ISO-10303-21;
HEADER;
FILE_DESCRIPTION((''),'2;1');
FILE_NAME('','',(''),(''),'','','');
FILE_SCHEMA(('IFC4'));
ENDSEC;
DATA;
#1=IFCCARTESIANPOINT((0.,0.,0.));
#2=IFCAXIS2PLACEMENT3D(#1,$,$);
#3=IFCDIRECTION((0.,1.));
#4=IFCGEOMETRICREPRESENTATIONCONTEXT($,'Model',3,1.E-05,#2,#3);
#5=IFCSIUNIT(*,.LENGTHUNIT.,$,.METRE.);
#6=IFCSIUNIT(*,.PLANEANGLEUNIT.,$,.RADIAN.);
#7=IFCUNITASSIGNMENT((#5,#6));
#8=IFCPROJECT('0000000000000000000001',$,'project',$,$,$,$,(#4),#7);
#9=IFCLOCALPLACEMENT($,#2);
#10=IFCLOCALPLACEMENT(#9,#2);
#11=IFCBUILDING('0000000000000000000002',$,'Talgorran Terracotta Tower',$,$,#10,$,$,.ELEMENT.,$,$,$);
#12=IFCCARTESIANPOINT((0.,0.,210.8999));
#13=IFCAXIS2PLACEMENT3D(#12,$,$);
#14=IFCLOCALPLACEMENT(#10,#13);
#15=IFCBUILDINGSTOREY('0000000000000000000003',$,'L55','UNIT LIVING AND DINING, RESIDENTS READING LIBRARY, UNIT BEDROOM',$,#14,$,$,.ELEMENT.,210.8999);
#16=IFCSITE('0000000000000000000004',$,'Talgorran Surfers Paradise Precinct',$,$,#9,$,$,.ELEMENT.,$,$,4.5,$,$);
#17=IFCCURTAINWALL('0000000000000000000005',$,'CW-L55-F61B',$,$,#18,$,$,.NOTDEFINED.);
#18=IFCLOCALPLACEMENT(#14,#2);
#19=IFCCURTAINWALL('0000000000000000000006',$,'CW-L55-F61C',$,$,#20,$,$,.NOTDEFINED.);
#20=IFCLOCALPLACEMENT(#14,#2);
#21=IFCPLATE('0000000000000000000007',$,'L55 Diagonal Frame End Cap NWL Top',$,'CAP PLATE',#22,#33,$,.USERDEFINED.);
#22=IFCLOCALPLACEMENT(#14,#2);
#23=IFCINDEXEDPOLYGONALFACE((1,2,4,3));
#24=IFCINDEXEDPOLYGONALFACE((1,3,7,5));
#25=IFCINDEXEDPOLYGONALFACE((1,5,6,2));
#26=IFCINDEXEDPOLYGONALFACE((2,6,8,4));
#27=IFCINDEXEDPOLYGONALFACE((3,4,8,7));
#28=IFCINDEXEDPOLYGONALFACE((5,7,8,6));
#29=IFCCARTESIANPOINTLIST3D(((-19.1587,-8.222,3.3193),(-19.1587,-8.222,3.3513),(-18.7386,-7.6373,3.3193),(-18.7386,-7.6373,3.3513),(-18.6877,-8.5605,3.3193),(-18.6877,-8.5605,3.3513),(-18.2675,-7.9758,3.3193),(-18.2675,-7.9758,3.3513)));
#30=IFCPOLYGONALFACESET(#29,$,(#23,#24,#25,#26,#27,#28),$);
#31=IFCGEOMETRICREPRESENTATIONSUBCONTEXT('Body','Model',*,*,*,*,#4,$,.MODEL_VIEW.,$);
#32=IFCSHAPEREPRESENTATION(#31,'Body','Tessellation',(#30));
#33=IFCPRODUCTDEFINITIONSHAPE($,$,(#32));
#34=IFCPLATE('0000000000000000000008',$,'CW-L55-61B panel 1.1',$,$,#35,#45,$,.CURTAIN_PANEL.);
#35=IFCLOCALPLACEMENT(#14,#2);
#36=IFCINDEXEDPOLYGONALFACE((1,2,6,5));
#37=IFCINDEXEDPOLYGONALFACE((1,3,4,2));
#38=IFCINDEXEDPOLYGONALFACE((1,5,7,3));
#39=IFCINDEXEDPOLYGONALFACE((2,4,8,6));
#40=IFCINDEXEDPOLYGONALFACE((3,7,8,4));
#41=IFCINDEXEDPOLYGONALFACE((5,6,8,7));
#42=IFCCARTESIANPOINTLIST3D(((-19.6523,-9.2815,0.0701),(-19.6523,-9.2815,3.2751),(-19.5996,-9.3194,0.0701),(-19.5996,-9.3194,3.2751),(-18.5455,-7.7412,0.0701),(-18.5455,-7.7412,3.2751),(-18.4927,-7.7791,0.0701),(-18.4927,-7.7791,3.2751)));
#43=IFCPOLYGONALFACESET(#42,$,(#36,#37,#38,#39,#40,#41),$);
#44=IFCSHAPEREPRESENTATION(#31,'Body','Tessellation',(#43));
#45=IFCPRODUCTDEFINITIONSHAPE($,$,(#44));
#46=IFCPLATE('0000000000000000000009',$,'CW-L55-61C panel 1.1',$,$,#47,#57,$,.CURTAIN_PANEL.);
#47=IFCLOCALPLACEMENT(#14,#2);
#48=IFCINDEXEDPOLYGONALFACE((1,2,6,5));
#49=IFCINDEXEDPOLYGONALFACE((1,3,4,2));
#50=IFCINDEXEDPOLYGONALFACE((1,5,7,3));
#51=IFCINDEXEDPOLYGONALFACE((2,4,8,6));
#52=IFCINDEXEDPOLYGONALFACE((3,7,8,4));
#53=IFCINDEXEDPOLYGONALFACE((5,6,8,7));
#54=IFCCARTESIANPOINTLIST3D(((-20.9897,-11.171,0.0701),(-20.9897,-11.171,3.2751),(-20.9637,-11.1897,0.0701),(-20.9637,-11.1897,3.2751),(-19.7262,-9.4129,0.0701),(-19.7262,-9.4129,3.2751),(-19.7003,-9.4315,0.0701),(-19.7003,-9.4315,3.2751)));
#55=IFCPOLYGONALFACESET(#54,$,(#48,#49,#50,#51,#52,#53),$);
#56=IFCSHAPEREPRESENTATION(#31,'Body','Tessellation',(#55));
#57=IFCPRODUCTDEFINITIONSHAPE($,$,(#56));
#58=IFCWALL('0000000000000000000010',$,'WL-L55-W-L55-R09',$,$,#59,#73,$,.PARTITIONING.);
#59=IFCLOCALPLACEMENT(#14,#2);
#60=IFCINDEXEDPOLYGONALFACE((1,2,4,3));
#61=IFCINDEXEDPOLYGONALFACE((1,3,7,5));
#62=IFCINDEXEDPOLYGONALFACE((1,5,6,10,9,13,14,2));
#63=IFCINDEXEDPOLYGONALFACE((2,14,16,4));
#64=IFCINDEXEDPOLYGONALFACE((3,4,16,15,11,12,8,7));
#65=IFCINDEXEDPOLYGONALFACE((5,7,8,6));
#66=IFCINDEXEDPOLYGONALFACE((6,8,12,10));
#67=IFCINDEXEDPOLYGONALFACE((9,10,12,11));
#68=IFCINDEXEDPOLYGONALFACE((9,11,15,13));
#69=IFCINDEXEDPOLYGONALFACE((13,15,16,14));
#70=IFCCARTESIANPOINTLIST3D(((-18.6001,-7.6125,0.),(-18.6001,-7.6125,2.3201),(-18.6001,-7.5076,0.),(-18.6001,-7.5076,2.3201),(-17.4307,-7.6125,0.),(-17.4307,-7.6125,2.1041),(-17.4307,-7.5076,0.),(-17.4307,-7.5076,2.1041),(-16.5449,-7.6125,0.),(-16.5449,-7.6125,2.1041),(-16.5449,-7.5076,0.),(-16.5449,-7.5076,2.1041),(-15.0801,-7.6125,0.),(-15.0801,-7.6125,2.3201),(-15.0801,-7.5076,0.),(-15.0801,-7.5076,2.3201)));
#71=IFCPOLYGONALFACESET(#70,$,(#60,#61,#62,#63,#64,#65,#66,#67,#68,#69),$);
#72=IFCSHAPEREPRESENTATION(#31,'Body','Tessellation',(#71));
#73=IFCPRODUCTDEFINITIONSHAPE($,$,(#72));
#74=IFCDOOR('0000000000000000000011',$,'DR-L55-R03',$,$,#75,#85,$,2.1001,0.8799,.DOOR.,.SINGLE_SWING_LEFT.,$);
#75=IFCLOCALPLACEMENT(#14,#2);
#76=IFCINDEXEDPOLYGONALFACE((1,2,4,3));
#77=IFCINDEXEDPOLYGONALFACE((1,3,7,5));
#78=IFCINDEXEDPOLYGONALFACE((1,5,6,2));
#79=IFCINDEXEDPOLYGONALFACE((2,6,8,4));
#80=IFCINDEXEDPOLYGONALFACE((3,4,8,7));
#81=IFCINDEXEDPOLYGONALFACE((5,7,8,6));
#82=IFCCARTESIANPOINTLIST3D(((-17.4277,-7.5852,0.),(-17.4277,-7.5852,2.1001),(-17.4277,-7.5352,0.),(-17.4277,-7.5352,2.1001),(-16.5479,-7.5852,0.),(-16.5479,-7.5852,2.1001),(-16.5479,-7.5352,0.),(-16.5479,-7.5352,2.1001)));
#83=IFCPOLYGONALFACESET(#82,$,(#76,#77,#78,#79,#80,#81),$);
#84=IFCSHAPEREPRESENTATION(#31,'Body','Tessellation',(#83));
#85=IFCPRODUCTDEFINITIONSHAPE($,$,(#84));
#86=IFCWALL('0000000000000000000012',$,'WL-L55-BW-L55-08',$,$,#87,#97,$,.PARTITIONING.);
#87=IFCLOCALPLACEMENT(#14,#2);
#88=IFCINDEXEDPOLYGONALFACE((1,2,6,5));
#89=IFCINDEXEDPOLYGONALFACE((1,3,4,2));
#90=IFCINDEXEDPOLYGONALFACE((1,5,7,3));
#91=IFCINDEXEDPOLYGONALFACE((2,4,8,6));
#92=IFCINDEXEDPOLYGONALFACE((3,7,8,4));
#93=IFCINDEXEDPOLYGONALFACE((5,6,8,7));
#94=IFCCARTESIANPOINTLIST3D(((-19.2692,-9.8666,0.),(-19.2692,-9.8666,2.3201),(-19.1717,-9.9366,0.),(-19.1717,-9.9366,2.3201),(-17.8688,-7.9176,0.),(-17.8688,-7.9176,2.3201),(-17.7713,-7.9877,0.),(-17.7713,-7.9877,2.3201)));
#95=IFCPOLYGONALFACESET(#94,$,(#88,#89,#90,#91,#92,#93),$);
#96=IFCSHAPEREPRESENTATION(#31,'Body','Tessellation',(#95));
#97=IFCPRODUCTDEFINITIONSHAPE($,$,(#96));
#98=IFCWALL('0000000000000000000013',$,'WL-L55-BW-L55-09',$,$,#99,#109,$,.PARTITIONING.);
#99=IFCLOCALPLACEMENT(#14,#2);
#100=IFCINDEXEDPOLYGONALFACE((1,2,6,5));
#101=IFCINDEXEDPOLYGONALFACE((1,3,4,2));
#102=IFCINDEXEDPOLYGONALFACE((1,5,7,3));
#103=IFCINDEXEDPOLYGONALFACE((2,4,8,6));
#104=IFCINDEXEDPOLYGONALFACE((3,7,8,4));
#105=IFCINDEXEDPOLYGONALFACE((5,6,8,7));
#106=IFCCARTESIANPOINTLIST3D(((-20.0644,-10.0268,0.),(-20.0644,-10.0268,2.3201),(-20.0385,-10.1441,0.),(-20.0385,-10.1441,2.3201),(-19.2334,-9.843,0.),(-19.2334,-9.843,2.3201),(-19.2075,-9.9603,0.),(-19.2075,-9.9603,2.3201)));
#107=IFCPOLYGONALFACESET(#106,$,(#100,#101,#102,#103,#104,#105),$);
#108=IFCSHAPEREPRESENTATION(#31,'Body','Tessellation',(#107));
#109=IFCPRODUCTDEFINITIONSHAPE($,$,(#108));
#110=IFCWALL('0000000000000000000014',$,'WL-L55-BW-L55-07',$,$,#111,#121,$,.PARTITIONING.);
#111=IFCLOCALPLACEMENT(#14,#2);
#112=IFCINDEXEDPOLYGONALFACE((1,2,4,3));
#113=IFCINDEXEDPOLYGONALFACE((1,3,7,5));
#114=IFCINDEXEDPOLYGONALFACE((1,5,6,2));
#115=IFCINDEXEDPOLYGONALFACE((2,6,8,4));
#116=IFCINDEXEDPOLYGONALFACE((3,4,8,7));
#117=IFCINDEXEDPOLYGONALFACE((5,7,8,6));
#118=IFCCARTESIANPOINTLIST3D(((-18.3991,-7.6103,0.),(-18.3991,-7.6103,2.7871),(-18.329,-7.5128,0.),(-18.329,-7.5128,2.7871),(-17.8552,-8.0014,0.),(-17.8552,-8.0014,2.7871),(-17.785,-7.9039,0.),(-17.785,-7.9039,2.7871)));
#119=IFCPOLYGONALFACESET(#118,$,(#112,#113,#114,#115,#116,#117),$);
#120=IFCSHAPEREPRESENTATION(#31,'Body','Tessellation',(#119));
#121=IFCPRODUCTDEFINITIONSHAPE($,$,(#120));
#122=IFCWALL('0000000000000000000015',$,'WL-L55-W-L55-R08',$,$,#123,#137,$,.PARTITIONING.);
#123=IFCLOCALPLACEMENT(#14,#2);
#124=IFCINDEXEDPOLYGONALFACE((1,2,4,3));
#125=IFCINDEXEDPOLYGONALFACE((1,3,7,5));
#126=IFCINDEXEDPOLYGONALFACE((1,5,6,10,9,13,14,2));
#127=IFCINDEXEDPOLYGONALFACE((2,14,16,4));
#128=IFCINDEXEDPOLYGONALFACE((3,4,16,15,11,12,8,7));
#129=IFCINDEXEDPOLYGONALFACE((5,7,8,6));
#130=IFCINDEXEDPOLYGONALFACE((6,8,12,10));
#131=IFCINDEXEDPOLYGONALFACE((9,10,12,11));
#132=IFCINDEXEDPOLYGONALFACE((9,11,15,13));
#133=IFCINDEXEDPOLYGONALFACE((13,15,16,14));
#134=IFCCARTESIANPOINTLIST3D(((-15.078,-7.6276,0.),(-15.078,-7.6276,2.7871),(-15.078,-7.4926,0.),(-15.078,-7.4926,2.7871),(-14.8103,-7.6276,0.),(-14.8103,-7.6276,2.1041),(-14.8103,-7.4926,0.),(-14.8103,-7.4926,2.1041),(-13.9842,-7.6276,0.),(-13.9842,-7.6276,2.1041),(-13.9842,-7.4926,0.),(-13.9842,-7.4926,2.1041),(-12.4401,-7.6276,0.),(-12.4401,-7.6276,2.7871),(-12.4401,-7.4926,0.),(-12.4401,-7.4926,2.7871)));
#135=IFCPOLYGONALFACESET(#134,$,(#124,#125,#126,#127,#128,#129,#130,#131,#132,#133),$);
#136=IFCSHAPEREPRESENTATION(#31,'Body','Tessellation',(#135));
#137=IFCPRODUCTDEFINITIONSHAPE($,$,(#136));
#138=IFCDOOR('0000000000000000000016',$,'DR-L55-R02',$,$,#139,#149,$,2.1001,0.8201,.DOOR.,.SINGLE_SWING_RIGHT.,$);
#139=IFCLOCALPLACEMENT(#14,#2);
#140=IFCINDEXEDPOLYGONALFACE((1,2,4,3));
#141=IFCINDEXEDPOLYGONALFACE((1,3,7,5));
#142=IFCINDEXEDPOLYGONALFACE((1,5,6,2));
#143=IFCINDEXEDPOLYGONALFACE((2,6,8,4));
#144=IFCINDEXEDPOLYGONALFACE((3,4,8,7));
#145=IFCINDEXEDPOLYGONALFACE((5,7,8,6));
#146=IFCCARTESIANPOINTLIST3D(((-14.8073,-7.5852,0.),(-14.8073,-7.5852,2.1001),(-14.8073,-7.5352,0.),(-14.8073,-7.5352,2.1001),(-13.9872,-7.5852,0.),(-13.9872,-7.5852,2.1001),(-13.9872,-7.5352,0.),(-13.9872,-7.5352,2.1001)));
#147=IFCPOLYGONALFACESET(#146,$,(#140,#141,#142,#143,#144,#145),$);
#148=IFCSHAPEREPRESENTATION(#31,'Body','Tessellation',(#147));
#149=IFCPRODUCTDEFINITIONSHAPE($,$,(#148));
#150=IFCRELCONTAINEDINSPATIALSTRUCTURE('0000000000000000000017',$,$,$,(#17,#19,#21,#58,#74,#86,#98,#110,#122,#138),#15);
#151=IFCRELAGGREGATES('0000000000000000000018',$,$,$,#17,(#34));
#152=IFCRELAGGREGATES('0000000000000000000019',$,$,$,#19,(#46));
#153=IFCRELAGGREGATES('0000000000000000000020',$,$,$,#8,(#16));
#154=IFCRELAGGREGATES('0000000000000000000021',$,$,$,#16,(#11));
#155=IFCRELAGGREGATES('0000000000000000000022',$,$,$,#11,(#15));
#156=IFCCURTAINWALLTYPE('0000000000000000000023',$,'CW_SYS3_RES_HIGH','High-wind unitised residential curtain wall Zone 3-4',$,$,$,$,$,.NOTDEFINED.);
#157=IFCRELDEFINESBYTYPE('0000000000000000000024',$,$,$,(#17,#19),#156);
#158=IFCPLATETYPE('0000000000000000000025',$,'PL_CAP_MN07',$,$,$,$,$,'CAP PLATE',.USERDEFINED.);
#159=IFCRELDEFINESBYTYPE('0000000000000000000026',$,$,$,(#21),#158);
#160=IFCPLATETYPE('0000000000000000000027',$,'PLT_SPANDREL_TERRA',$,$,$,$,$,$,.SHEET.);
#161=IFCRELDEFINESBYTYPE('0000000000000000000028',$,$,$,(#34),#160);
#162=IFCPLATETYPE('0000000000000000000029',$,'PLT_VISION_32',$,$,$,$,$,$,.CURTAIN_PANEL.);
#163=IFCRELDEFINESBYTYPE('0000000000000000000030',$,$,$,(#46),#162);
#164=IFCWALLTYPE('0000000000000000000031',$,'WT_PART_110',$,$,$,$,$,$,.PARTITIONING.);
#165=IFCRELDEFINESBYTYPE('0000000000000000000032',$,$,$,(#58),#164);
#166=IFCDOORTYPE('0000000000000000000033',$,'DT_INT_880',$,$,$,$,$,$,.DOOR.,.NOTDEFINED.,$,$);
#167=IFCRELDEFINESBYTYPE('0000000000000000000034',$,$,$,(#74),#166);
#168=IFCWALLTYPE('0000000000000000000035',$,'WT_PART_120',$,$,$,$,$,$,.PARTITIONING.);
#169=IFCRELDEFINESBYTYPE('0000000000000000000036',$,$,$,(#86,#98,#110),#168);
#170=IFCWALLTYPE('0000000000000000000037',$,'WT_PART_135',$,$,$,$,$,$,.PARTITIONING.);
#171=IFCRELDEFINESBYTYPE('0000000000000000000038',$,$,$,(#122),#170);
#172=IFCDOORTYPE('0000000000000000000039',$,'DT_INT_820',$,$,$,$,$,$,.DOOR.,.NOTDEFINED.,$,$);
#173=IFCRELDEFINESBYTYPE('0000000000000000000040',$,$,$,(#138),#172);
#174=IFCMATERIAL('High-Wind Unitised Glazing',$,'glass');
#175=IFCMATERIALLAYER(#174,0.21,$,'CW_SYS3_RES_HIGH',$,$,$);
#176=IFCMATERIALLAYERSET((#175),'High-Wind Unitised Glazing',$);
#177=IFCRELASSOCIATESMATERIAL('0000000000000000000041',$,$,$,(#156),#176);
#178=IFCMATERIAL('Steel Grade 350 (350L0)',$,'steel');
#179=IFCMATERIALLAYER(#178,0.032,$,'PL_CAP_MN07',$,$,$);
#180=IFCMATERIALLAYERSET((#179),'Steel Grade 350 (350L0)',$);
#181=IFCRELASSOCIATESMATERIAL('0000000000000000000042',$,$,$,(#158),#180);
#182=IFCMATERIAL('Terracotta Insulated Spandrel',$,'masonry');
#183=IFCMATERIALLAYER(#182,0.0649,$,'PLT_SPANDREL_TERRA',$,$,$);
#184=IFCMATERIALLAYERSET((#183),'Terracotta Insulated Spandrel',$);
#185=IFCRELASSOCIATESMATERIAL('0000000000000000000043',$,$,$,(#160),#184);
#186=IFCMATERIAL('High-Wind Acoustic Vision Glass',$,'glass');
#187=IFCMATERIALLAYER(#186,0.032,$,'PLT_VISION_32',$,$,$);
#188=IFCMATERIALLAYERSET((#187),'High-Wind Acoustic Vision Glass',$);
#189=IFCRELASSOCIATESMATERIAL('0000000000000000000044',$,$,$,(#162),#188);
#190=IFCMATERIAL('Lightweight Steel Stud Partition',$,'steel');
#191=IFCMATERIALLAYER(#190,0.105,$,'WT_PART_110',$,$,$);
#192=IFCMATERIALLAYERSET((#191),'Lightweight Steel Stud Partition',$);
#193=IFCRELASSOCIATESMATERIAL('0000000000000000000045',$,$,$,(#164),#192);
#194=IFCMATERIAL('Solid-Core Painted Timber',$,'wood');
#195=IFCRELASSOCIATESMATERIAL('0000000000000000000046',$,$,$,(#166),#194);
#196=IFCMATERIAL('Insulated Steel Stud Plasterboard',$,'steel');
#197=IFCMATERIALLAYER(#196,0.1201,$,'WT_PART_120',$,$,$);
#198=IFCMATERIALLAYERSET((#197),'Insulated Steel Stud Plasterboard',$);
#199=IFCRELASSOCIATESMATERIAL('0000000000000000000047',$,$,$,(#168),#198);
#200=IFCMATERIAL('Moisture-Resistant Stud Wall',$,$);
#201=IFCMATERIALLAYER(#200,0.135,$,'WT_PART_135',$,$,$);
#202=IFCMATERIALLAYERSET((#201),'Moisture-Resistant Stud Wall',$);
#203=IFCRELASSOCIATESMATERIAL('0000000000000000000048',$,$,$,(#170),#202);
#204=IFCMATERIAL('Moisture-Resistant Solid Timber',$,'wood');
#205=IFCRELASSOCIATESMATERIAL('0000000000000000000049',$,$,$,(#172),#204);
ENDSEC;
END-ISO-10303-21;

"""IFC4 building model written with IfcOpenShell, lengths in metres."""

from ifc_helpers import new_model, si_unit, direction, frame, frame_2d, origin, origin_2d, place, context, subcontext, project, spatial, rectangle, extrude, source, transform, mapped, material, layer, layer_set, type_object, type_shapes, element, fill, aggregate, save


model = new_model("IFC4")

# Units and contexts
model_context = context("Model", 3, precision=1e-05, world=origin(), true_north=direction((0.0, 1.0)))
body_context = subcontext(model_context, "Body", "Model", "MODEL_VIEW")
ifc_project = project(units=[si_unit("LENGTHUNIT", "METRE"), si_unit("PLANEANGLEUNIT", "RADIAN")], contexts=[model_context])

# Site, building, storey
site_placement = place(None, origin())
site = spatial("IfcSite", under=ifc_project, at=site_placement, Name="Talgorran Surfers Paradise Precinct", CompositionType="ELEMENT", RefElevation=4.5)
building_placement = place(site_placement, origin())
building = spatial("IfcBuilding", under=site, at=building_placement, Name="Talgorran Terracotta Tower", CompositionType="ELEMENT")
storey_placement = place(building_placement, frame((0.0, 0.0, 210.8999)))
storey = spatial("IfcBuildingStorey", under=building, at=storey_placement, Name="L55", Description="UNIT LIVING AND DINING, RESIDENTS READING LIBRARY, UNIT BEDROOM", CompositionType="ELEMENT", Elevation=210.8999)

# Shared definitions
ifc_material_1 = material(Name="Steel Grade 350 (350L0)", Category="steel")

# Shared definitions
ifc_material_2 = material(Name="High-Wind Unitised Glazing", Category="glass")
ifc_layer_1 = layer(ifc_material_2, 0.21, Name="CW_SYS3_RES_HIGH")
ifc_layer_set_1 = layer_set([ifc_layer_1], Name="High-Wind Unitised Glazing")
curtain_wall_type = type_object("IfcCurtainWallType", Name="CW_SYS3_RES_HIGH", Description="High-wind unitised residential curtain wall Zone 3-4", PredefinedType="NOTDEFINED", material=ifc_layer_set_1)

# Curtain walls
curtain_wall_1_placement = place(storey_placement, origin())
curtain_wall_1 = element("IfcCurtainWall", 1, at=curtain_wall_1_placement, inside=storey, type_object=curtain_wall_type, Name="CW-L55-F61B", PredefinedType="NOTDEFINED")
curtain_wall_2_placement = place(storey_placement, origin())
curtain_wall_2 = element("IfcCurtainWall", 2, at=curtain_wall_2_placement, inside=storey, type_object=curtain_wall_type, Name="CW-L55-F61C", PredefinedType="NOTDEFINED")

# Plate
ifc_layer_2 = layer(ifc_material_1, 0.032, Name="PL_CAP_MN07")
ifc_layer_set_2 = layer_set([ifc_layer_2], Name="Steel Grade 350 (350L0)")
plate_type_1 = type_object("IfcPlateType", Name="PL_CAP_MN07", ElementType="CAP PLATE", PredefinedType="USERDEFINED", material=ifc_layer_set_2)
for number, where, z_axis, x_axis, name in (
    (3, (-18.7131, -8.0989, 3.3193), (0.0, 0.0, 1.0), (0.583541, 0.812084, 0.0), "L55 Diagonal Frame End Cap NWL Top"),
):
    element("IfcPlate", number, at=place(storey_placement, frame(where, z_axis=z_axis, x_axis=x_axis)), inside=storey, type_object=plate_type_1, Name=name, ObjectType="CAP PLATE", PredefinedType="USERDEFINED", context=body_context, shape_type="SweptSolid", body=[
        extrude(rectangle(XDim=0.72, YDim=0.5801, at=origin_2d()), origin(), (0.0, 0.0, 1.0), 0.032),
    ])

# Plates
ifc_material_3 = material(Name="Terracotta Insulated Spandrel", Category="masonry")
ifc_layer_3 = layer(ifc_material_3, 0.0649, Name="PLT_SPANDREL_TERRA")
ifc_layer_set_3 = layer_set([ifc_layer_3], Name="Terracotta Insulated Spandrel")
plate_type_2 = type_object("IfcPlateType", Name="PLT_SPANDREL_TERRA", PredefinedType="SHEET", material=ifc_layer_set_3)
shared_shape_1 = source(origin(), body_context, "Body", "SweptSolid", [
    extrude(rectangle(XDim=1.8967, YDim=0.0649, at=origin_2d()), origin(), (0.0, 0.0, 1.0), 3.2051),
])
type_shapes(plate_type_2, [shared_shape_1])
plate_1_placement = place(storey_placement, frame((-19.0725, -8.5303, 0.0701), z_axis=(0.0, 0.0, 1.0), x_axis=(-0.583558, -0.812071, 0.0)))
plate_1 = element("IfcPlate", 4, at=plate_1_placement, type_object=plate_type_2, Name="CW-L55-61B panel 1.1", PredefinedType="CURTAIN_PANEL", context=body_context, shape_type="MappedRepresentation", body=[
    mapped(shared_shape_1, transform((0.0, 0.0, 0.0), scale=1.0)),
])
aggregate(curtain_wall_1, [plate_1])
ifc_material_4 = material(Name="High-Wind Acoustic Vision Glass", Category="glass")
ifc_layer_4 = layer(ifc_material_4, 0.032, Name="PLT_VISION_32")
ifc_layer_set_4 = layer_set([ifc_layer_4], Name="High-Wind Acoustic Vision Glass")
plate_type_3 = type_object("IfcPlateType", Name="PLT_VISION_32", PredefinedType="CURTAIN_PANEL", material=ifc_layer_set_4)
shared_shape_2 = source(origin(), body_context, "Body", "SweptSolid", [
    extrude(rectangle(XDim=2.165, YDim=0.032, at=origin_2d()), origin(), (0.0, 0.0, 1.0), 3.2051),
])
type_shapes(plate_type_3, [shared_shape_2])
plate_2_placement = place(storey_placement, frame((-20.345, -10.3013, 0.0701), z_axis=(0.0, 0.0, 1.0), x_axis=(-0.583563, -0.812068, 0.0)))
plate_2 = element("IfcPlate", 5, at=plate_2_placement, type_object=plate_type_3, Name="CW-L55-61C panel 1.1", PredefinedType="CURTAIN_PANEL", context=body_context, shape_type="MappedRepresentation", body=[
    mapped(shared_shape_2, transform((0.0, 0.0, 0.0), scale=1.0)),
])
aggregate(curtain_wall_2, [plate_2])

# Wall, opening, door
ifc_material_5 = material(Name="Lightweight Steel Stud Partition", Category="steel")
ifc_layer_5 = layer(ifc_material_5, 0.105, Name="WT_PART_110")
ifc_layer_set_5 = layer_set([ifc_layer_5], Name="Lightweight Steel Stud Partition")
wall_type_1 = type_object("IfcWallType", Name="WT_PART_110", PredefinedType="PARTITIONING", material=ifc_layer_set_5)
wall_1_placement = place(storey_placement, frame((-18.6001, -7.5601, 0.0), z_axis=(0.0, 0.0, 1.0), x_axis=(1.0, 0.0, 0.0)))
wall_1 = element("IfcWall", 6, at=wall_1_placement, inside=storey, type_object=wall_type_1, Name="WL-L55-W-L55-R09", PredefinedType="PARTITIONING", context=body_context, shape_type="SweptSolid", body=[
    extrude(rectangle(XDim=3.52, YDim=0.105, at=frame_2d((1.76, 0.0))), origin(), (0.0, 0.0, 1.0), 2.3201),
])
opening_1_placement = place(wall_1_placement, frame((1.1724, 0.0, 0.0)))
opening_1 = element("IfcOpeningElement", 7, at=opening_1_placement, cuts=wall_1, PredefinedType="OPENING", context=body_context, shape_type="SweptSolid", body=[
    extrude(rectangle(XDim=0.8859, YDim=2.1041, at=frame_2d((0.4399, 1.052))), frame((0.0, 0.0625, 0.0), z_axis=(0.0, -1.0, 0.0), x_axis=(1.0, 0.0, 0.0)), (0.0, 0.0, 1.0), 0.125),
])
ifc_material_6 = material(Name="Solid-Core Painted Timber", Category="wood")
door_type_1 = type_object("IfcDoorType", Name="DT_INT_880", OperationType="NOTDEFINED", PredefinedType="DOOR", material=ifc_material_6)
door_1_placement = place(opening_1_placement, origin())
door_1 = element("IfcDoor", 8, at=door_1_placement, inside=storey, type_object=door_type_1, Name="DR-L55-R03", OperationType="SINGLE_SWING_LEFT", OverallHeight=2.1001, OverallWidth=0.8799, PredefinedType="DOOR", context=body_context, shape_type="SweptSolid", body=[
    extrude(rectangle(XDim=0.8799, YDim=2.1001, at=frame_2d((0.4399, 1.05))), frame((0.0, 0.0249, 0.0), z_axis=(0.0, -1.0, 0.0), x_axis=(1.0, 0.0, 0.0)), (0.0, 0.0, 1.0), 0.05),
])
fill(opening_1, door_1)

# Walls
ifc_material_7 = material(Name="Insulated Steel Stud Plasterboard", Category="steel")
ifc_layer_6 = layer(ifc_material_7, 0.1201, Name="WT_PART_120")
ifc_layer_set_6 = layer_set([ifc_layer_6], Name="Insulated Steel Stud Plasterboard")
wall_type_2 = type_object("IfcWallType", Name="WT_PART_120", PredefinedType="PARTITIONING", material=ifc_layer_set_6)
wall_2_placement = place(storey_placement, frame((-17.8201, -7.9526, 0.0), z_axis=(0.0, 0.0, 1.0), x_axis=(-0.583517, -0.812101, 0.0)))
element("IfcWall", 9, at=wall_2_placement, inside=storey, type_object=wall_type_2, Name="WL-L55-BW-L55-08", PredefinedType="PARTITIONING", context=body_context, shape_type="SweptSolid", body=[
    extrude(rectangle(XDim=2.3999, YDim=0.1201, at=frame_2d((1.2, 0.0))), origin(), (0.0, 0.0, 1.0), 2.3201),
])
wall_3_placement = place(storey_placement, frame((-19.2205, -9.9016, 0.0), z_axis=(0.0, 0.0, 1.0), x_axis=(-0.976396, -0.215989, 0.0)))
element("IfcWall", 10, at=wall_3_placement, inside=storey, type_object=wall_type_2, Name="WL-L55-BW-L55-09", PredefinedType="PARTITIONING", context=body_context, shape_type="SweptSolid", body=[
    extrude(rectangle(XDim=0.8511, YDim=0.1201, at=frame_2d((0.4255, 0.0))), origin(), (0.0, 0.0, 1.0), 2.3201),
])
wall_4_placement = place(storey_placement, frame((-18.364, -7.5615, 0.0), z_axis=(0.0, 0.0, 1.0), x_axis=(0.811907, -0.583786, 0.0)))
element("IfcWall", 11, at=wall_4_placement, inside=storey, type_object=wall_type_2, Name="WL-L55-BW-L55-07", PredefinedType="PARTITIONING", context=body_context, shape_type="SweptSolid", body=[
    extrude(rectangle(XDim=0.6699, YDim=0.1201, at=frame_2d((0.335, 0.0))), origin(), (0.0, 0.0, 1.0), 2.7871),
])

# Wall, opening, door
ifc_material_8 = material(Name="Moisture-Resistant Stud Wall")
ifc_layer_7 = layer(ifc_material_8, 0.135, Name="WT_PART_135")
ifc_layer_set_7 = layer_set([ifc_layer_7], Name="Moisture-Resistant Stud Wall")
wall_type_3 = type_object("IfcWallType", Name="WT_PART_135", PredefinedType="PARTITIONING", material=ifc_layer_set_7)
wall_5_placement = place(storey_placement, frame((-15.0779, -7.5601, 0.0), z_axis=(0.0, 0.0, 1.0), x_axis=(1.0, 0.0, 0.0)))
wall_5 = element("IfcWall", 12, at=wall_5_placement, inside=storey, type_object=wall_type_3, Name="WL-L55-W-L55-R08", PredefinedType="PARTITIONING", context=body_context, shape_type="SweptSolid", body=[
    extrude(rectangle(XDim=2.6379, YDim=0.135, at=frame_2d((1.3188, 0.0))), origin(), (0.0, 0.0, 1.0), 2.7871),
])
opening_2_placement = place(wall_5_placement, frame((0.2705, 0.0, 0.0)))
opening_2 = element("IfcOpeningElement", 13, at=opening_2_placement, cuts=wall_5, PredefinedType="OPENING", context=body_context, shape_type="SweptSolid", body=[
    extrude(rectangle(XDim=0.8261, YDim=2.1041, at=frame_2d((0.4102, 1.052))), frame((0.0, 0.0776, 0.0), z_axis=(0.0, -1.0, 0.0), x_axis=(1.0, 0.0, 0.0)), (0.0, 0.0, 1.0), 0.155),
])
ifc_material_9 = material(Name="Moisture-Resistant Solid Timber", Category="wood")
door_type_2 = type_object("IfcDoorType", Name="DT_INT_820", OperationType="NOTDEFINED", PredefinedType="DOOR", material=ifc_material_9)
door_2_placement = place(opening_2_placement, origin())
door_2 = element("IfcDoor", 14, at=door_2_placement, inside=storey, type_object=door_type_2, Name="DR-L55-R02", OperationType="SINGLE_SWING_RIGHT", OverallHeight=2.1001, OverallWidth=0.8201, PredefinedType="DOOR", context=body_context, shape_type="SweptSolid", body=[
    extrude(rectangle(XDim=0.8201, YDim=2.1001, at=frame_2d((0.4102, 1.05))), frame((0.0, 0.0249, 0.0), z_axis=(0.0, -1.0, 0.0), x_axis=(1.0, 0.0, 0.0)), (0.0, 0.0, 1.0), 0.05),
])
fill(opening_2, door_2)

save(model, "model.ifc")
